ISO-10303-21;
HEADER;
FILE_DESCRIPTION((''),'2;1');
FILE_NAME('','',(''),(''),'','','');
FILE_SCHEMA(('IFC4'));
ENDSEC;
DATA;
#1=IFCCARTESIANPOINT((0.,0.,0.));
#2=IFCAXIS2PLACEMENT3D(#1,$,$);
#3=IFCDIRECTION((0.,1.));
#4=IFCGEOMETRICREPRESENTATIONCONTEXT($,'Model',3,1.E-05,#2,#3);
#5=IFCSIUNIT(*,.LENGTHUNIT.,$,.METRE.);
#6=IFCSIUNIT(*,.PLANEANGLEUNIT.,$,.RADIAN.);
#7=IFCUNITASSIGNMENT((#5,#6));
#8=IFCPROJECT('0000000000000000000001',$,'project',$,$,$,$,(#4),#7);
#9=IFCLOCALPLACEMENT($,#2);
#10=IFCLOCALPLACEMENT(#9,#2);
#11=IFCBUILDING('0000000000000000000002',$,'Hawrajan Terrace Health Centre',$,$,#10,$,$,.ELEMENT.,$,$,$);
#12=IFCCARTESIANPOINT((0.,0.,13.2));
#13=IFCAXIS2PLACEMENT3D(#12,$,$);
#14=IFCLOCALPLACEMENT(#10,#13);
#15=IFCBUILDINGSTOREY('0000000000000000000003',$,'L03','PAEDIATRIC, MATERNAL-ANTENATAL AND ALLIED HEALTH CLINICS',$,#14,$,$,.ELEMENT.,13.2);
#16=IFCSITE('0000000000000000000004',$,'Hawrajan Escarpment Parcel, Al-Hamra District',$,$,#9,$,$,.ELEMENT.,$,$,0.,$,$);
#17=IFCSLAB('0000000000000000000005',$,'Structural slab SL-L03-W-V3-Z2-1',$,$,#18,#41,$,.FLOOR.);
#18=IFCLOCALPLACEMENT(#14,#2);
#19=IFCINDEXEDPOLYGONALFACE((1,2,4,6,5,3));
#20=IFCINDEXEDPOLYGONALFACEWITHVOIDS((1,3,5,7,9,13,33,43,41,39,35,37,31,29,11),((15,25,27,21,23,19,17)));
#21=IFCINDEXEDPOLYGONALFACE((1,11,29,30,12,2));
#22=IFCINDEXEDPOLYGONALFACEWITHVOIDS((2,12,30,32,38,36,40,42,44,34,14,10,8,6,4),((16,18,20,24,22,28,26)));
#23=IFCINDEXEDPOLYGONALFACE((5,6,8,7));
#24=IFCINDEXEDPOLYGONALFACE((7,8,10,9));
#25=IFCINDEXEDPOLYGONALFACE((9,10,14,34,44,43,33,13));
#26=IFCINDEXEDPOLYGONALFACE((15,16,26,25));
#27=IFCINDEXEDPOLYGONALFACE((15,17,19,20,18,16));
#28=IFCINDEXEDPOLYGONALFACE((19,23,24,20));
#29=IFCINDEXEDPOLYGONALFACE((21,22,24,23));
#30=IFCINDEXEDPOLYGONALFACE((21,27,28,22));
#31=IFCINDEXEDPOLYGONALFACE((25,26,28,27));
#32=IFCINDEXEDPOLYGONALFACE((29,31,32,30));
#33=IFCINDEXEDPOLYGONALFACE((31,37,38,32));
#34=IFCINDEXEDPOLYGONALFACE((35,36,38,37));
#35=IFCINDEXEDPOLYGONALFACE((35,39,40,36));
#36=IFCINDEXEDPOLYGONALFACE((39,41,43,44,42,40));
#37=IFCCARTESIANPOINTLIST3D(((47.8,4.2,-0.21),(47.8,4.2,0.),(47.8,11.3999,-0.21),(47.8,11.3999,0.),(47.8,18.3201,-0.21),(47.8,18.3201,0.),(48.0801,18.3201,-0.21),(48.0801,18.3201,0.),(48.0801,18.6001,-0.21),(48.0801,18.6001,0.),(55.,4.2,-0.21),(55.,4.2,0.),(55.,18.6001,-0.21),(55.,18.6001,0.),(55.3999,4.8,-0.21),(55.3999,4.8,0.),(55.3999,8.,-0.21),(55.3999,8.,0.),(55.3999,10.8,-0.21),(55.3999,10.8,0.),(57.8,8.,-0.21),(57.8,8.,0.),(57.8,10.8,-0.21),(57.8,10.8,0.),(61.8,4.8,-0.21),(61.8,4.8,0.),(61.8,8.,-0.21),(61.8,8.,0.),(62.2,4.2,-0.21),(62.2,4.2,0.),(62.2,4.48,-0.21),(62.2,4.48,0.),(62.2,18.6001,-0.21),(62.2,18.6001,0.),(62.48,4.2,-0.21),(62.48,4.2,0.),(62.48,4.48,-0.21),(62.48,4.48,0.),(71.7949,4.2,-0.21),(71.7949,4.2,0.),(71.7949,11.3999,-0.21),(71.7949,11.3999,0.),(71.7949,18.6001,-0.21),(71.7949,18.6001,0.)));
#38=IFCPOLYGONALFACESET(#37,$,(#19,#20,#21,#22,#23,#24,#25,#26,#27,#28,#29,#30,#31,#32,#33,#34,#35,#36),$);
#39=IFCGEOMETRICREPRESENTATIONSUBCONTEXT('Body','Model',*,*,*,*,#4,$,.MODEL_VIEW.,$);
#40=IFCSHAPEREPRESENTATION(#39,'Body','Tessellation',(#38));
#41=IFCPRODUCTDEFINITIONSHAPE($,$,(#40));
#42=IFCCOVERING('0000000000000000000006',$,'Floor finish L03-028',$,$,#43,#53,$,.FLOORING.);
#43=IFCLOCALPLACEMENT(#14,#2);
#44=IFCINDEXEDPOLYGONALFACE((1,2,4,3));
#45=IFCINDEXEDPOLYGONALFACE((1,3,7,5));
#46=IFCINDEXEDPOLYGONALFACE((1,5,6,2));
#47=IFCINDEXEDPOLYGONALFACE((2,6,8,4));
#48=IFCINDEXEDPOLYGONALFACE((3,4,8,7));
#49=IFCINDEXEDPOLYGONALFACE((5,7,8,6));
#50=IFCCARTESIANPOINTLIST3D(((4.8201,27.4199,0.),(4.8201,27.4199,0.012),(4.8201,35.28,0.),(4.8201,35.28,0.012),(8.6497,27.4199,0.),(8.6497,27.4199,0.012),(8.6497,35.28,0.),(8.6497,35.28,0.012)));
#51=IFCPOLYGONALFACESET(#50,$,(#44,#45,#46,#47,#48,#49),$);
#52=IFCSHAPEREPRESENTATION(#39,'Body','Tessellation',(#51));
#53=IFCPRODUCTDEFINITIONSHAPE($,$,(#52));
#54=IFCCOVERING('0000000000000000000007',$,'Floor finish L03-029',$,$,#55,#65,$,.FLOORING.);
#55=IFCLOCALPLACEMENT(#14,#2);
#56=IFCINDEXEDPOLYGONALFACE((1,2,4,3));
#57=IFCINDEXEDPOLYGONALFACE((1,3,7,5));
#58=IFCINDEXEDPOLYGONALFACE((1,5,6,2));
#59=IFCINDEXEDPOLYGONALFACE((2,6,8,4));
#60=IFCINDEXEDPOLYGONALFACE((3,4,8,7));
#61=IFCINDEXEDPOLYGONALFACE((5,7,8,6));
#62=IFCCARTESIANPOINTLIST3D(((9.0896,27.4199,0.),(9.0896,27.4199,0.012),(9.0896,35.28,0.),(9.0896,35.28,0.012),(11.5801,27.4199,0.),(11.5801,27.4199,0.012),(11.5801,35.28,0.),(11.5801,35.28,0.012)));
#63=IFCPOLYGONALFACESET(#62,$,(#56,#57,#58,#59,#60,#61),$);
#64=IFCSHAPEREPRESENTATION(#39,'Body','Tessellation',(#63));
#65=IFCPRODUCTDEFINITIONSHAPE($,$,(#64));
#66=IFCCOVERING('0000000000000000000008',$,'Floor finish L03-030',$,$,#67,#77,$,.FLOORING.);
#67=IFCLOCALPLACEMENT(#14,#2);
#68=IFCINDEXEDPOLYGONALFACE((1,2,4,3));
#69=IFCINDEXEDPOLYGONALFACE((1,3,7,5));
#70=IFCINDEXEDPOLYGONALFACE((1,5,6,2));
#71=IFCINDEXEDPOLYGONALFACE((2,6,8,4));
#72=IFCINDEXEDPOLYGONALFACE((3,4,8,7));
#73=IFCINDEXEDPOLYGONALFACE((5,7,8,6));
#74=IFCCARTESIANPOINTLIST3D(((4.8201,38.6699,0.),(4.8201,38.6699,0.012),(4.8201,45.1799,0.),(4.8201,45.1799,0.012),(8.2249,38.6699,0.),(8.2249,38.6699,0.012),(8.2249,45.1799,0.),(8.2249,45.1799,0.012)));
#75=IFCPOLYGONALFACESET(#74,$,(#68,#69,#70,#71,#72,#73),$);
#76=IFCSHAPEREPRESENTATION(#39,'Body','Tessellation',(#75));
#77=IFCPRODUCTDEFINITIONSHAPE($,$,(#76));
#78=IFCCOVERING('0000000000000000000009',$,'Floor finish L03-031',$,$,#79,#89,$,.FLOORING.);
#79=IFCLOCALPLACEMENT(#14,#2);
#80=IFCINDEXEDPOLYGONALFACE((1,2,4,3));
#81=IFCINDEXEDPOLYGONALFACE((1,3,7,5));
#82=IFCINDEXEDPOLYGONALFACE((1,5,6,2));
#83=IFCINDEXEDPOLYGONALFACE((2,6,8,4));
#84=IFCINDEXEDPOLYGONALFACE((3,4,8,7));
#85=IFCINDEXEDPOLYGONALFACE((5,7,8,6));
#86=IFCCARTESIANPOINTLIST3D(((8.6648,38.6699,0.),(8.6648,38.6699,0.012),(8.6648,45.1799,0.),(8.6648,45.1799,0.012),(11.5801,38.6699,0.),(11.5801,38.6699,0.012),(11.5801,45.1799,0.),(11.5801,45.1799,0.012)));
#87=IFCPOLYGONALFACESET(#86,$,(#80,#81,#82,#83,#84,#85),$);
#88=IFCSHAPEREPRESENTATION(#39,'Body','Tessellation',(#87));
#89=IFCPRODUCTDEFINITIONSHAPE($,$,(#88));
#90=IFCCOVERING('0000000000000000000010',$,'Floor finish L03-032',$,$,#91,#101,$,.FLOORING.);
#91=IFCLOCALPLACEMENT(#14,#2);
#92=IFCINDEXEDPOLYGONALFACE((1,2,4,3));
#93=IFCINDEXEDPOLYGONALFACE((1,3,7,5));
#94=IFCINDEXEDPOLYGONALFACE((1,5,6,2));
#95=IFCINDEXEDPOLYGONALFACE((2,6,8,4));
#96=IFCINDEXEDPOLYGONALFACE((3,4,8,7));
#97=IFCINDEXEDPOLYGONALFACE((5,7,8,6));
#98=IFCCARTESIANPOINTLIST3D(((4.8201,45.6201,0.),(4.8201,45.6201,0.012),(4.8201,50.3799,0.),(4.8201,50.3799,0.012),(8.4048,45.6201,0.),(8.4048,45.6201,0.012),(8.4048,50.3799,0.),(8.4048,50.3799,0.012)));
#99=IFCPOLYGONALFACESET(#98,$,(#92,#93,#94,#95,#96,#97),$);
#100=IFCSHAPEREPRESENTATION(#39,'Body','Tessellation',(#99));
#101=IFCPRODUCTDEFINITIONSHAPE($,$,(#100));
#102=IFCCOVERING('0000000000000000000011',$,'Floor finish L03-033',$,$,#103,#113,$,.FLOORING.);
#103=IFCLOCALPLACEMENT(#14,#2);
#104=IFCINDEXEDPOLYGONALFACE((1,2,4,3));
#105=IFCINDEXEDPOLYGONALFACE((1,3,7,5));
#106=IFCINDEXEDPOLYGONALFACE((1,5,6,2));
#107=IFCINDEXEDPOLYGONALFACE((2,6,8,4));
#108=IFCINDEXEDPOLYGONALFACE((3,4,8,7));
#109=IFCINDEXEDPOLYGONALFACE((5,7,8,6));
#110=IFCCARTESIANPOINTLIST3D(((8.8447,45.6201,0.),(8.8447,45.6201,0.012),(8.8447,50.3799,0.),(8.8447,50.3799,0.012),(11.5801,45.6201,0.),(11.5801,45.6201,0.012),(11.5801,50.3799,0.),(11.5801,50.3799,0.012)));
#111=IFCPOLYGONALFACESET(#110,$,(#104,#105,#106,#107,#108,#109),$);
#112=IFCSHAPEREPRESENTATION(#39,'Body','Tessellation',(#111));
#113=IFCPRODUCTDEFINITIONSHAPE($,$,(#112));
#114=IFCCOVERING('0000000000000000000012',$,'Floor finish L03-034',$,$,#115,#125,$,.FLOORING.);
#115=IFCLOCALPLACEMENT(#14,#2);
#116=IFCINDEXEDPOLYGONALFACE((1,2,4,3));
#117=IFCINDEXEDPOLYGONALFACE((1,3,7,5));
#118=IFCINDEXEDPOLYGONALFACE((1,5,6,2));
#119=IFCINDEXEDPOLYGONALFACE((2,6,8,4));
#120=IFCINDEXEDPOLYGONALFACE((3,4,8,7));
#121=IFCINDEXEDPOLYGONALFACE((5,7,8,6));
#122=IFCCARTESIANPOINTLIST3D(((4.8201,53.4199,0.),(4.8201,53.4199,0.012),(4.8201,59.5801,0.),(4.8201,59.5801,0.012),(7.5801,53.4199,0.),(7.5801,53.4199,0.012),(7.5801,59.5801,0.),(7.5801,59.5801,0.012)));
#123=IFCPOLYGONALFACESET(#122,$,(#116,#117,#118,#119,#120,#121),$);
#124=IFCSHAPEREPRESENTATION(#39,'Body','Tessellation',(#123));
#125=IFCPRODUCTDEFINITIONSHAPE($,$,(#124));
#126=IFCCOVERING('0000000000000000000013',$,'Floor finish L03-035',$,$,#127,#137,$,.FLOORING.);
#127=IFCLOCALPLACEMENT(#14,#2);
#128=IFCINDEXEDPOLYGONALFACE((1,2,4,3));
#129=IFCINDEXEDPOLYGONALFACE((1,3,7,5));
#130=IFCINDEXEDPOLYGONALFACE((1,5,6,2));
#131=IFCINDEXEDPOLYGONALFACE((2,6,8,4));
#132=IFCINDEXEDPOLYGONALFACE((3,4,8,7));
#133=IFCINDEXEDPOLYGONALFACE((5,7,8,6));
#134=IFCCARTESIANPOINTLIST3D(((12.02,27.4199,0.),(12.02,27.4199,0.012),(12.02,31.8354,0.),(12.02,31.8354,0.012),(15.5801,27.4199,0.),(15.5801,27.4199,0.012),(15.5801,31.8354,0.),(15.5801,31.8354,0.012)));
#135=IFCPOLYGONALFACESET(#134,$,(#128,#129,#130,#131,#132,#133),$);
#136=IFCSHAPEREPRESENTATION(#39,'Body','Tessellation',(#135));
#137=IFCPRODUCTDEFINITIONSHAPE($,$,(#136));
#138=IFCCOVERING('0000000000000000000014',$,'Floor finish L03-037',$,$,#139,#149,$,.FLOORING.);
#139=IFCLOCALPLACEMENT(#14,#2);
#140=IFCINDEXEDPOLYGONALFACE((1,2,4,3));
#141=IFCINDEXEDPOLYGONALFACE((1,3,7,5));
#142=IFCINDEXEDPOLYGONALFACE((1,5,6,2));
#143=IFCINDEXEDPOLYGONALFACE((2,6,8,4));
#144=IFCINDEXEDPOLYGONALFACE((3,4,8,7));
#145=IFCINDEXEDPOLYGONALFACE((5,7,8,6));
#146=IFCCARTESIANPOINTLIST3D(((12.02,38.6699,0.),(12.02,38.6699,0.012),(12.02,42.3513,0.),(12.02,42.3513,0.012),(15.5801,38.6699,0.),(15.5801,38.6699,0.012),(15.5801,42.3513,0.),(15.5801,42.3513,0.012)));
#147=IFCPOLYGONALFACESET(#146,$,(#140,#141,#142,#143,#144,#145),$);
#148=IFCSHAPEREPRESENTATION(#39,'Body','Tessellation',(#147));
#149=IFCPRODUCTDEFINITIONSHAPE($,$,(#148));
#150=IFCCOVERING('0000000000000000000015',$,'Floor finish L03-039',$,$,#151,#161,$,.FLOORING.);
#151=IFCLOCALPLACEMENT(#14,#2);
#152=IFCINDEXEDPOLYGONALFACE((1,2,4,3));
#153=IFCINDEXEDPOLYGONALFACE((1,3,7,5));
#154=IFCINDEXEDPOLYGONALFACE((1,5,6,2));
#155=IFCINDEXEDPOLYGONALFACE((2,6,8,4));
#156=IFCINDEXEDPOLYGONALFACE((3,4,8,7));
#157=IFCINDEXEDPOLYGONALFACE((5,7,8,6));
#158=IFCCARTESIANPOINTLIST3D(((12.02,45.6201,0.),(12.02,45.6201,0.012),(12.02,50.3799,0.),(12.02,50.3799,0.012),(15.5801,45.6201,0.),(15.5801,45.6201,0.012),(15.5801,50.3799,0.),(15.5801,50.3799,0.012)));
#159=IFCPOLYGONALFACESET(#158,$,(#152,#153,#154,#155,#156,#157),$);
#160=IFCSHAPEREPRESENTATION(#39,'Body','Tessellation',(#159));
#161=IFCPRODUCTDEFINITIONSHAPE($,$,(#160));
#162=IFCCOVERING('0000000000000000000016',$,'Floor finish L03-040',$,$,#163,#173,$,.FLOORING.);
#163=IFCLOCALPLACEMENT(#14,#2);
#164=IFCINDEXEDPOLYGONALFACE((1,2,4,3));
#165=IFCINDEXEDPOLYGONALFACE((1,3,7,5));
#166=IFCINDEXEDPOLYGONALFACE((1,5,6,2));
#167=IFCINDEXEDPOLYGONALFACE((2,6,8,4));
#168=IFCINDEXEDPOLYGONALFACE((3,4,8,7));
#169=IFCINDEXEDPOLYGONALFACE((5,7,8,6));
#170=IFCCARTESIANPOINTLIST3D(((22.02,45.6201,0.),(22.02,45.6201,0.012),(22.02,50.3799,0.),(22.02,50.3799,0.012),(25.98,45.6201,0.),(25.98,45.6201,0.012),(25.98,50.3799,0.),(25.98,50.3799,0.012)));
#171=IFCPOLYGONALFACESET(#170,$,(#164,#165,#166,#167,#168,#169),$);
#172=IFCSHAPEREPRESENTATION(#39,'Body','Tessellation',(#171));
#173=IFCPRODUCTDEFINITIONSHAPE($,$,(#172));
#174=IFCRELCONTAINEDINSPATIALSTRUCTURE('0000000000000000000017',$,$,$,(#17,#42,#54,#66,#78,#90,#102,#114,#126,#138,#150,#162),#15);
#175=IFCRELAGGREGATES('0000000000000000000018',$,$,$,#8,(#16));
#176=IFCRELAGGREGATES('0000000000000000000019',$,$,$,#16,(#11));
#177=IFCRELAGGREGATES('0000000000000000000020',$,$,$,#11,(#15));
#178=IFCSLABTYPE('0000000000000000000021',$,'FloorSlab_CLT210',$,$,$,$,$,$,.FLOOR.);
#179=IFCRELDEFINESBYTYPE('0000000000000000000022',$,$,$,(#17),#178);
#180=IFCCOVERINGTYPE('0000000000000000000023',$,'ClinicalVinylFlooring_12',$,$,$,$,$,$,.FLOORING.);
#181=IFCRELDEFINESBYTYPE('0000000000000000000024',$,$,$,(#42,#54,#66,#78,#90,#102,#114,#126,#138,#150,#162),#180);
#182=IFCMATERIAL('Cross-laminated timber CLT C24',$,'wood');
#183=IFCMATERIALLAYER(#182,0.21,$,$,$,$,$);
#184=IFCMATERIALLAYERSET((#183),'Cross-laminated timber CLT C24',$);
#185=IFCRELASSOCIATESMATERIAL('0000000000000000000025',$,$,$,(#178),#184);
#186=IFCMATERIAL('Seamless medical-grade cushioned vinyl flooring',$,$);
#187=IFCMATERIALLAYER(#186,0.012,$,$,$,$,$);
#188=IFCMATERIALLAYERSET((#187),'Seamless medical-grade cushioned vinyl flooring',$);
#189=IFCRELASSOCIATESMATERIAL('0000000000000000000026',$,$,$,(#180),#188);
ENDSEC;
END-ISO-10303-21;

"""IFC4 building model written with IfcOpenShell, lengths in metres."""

from ifc_helpers import new_model, si_unit, direction, frame, origin, place, context, subcontext, project, spatial, polyline, outline, extrude, material, layer, layer_set, type_object, element, save


model = new_model("IFC4")

# Units and contexts
model_context = context("Model", 3, precision=1e-05, world=origin(), true_north=direction((0.0, 1.0)))
body_context = subcontext(model_context, "Body", "Model", "MODEL_VIEW")
ifc_project = project(units=[si_unit("LENGTHUNIT", "METRE"), si_unit("PLANEANGLEUNIT", "RADIAN")], contexts=[model_context])

# Site, building, storey
site_placement = place(None, origin())
site = spatial("IfcSite", under=ifc_project, at=site_placement, Name="Hawrajan Escarpment Parcel, Al-Hamra District", CompositionType="ELEMENT", RefElevation=0.0)
building_placement = place(site_placement, origin())
building = spatial("IfcBuilding", under=site, at=building_placement, Name="Hawrajan Terrace Health Centre", CompositionType="ELEMENT")
storey_placement = place(building_placement, frame((0.0, 0.0, 13.2)))
storey = spatial("IfcBuildingStorey", under=building, at=storey_placement, Name="L03", Description="PAEDIATRIC, MATERNAL-ANTENATAL AND ALLIED HEALTH CLINICS", CompositionType="ELEMENT", Elevation=13.2)

# Slab
ifc_material_1 = material(Name="Cross-laminated timber CLT C24", Category="wood")
ifc_layer_1 = layer(ifc_material_1, 0.21)
ifc_layer_set_1 = layer_set([ifc_layer_1], Name="Cross-laminated timber CLT C24")
slab_type = type_object("IfcSlabType", Name="FloorSlab_CLT210", PredefinedType="FLOOR", material=ifc_layer_set_1)
slab_placement = place(storey_placement, frame((0.0, 0.0, -0.21)))
element("IfcSlab", 1, at=slab_placement, inside=storey, type_object=slab_type, Name="Structural slab SL-L03-W-V3-Z2-1", PredefinedType="FLOOR", context=body_context, shape_type="SweptSolid", body=[
    extrude(outline(polyline([(48.0801, 18.3201), (48.0801, 18.6001), (55.0, 18.6001), (62.2, 18.6001), (71.7949, 18.6001), (71.7949, 11.3999), (71.7949, 4.2), (62.48, 4.2), (62.48, 4.48), (62.2, 4.48), (62.2, 4.2), (55.0, 4.2), (47.8, 4.2), (47.8, 11.3999), (47.8, 18.3201), (48.0801, 18.3201)]), holes=[polyline([(55.3999, 4.8), (61.8, 4.8), (61.8, 8.0), (57.8, 8.0), (57.8, 10.8), (55.3999, 10.8), (55.3999, 8.0), (55.3999, 4.8)])]), origin(), (0.0, 0.0, 1.0), 0.21),
])

# Coverings
ifc_material_2 = material(Name="Seamless medical-grade cushioned vinyl flooring")
ifc_layer_2 = layer(ifc_material_2, 0.012)
ifc_layer_set_2 = layer_set([ifc_layer_2], Name="Seamless medical-grade cushioned vinyl flooring")
covering_type_1 = type_object("IfcCoveringType", Name="ClinicalVinylFlooring_12", PredefinedType="FLOORING", material=ifc_layer_set_2)
covering_1_placement = place(storey_placement, origin())
element("IfcCovering", 2, at=covering_1_placement, inside=storey, type_object=covering_type_1, Name="Floor finish L03-028", PredefinedType="FLOORING", context=body_context, shape_type="SweptSolid", body=[
    extrude(outline(polyline([(4.8201, 35.28), (8.6497, 35.28), (8.6497, 27.4199), (4.8201, 27.4199), (4.8201, 35.28)])), origin(), (0.0, 0.0, 1.0), 0.012),
])
covering_2_placement = place(storey_placement, origin())
element("IfcCovering", 3, at=covering_2_placement, inside=storey, type_object=covering_type_1, Name="Floor finish L03-029", PredefinedType="FLOORING", context=body_context, shape_type="SweptSolid", body=[
    extrude(outline(polyline([(9.0896, 35.28), (11.5801, 35.28), (11.5801, 27.4199), (9.0896, 27.4199), (9.0896, 35.28)])), origin(), (0.0, 0.0, 1.0), 0.012),
])
covering_3_placement = place(storey_placement, origin())
element("IfcCovering", 4, at=covering_3_placement, inside=storey, type_object=covering_type_1, Name="Floor finish L03-030", PredefinedType="FLOORING", context=body_context, shape_type="SweptSolid", body=[
    extrude(outline(polyline([(4.8201, 45.1799), (8.2249, 45.1799), (8.2249, 38.6699), (4.8201, 38.6699), (4.8201, 45.1799)])), origin(), (0.0, 0.0, 1.0), 0.012),
])
covering_4_placement = place(storey_placement, origin())
element("IfcCovering", 5, at=covering_4_placement, inside=storey, type_object=covering_type_1, Name="Floor finish L03-031", PredefinedType="FLOORING", context=body_context, shape_type="SweptSolid", body=[
    extrude(outline(polyline([(8.6648, 45.1799), (11.5801, 45.1799), (11.5801, 38.6699), (8.6648, 38.6699), (8.6648, 45.1799)])), origin(), (0.0, 0.0, 1.0), 0.012),
])
covering_5_placement = place(storey_placement, origin())
element("IfcCovering", 6, at=covering_5_placement, inside=storey, type_object=covering_type_1, Name="Floor finish L03-032", PredefinedType="FLOORING", context=body_context, shape_type="SweptSolid", body=[
    extrude(outline(polyline([(4.8201, 50.3799), (8.4048, 50.3799), (8.4048, 45.6201), (4.8201, 45.6201), (4.8201, 50.3799)])), origin(), (0.0, 0.0, 1.0), 0.012),
])
covering_6_placement = place(storey_placement, origin())
element("IfcCovering", 7, at=covering_6_placement, inside=storey, type_object=covering_type_1, Name="Floor finish L03-033", PredefinedType="FLOORING", context=body_context, shape_type="SweptSolid", body=[
    extrude(outline(polyline([(8.8447, 50.3799), (11.5801, 50.3799), (11.5801, 45.6201), (8.8447, 45.6201), (8.8447, 50.3799)])), origin(), (0.0, 0.0, 1.0), 0.012),
])
covering_7_placement = place(storey_placement, origin())
element("IfcCovering", 8, at=covering_7_placement, inside=storey, type_object=covering_type_1, Name="Floor finish L03-034", PredefinedType="FLOORING", context=body_context, shape_type="SweptSolid", body=[
    extrude(outline(polyline([(4.8201, 59.5801), (7.5801, 59.5801), (7.5801, 53.4199), (4.8201, 53.4199), (4.8201, 59.5801)])), origin(), (0.0, 0.0, 1.0), 0.012),
])
covering_8_placement = place(storey_placement, origin())
element("IfcCovering", 9, at=covering_8_placement, inside=storey, type_object=covering_type_1, Name="Floor finish L03-035", PredefinedType="FLOORING", context=body_context, shape_type="SweptSolid", body=[
    extrude(outline(polyline([(12.02, 31.8354), (15.5801, 31.8354), (15.5801, 27.4199), (12.02, 27.4199), (12.02, 31.8354)])), origin(), (0.0, 0.0, 1.0), 0.012),
])
covering_9_placement = place(storey_placement, origin())
element("IfcCovering", 10, at=covering_9_placement, inside=storey, type_object=covering_type_1, Name="Floor finish L03-037", PredefinedType="FLOORING", context=body_context, shape_type="SweptSolid", body=[
    extrude(outline(polyline([(12.02, 42.3513), (15.5801, 42.3513), (15.5801, 38.6699), (12.02, 38.6699), (12.02, 42.3513)])), origin(), (0.0, 0.0, 1.0), 0.012),
])
covering_10_placement = place(storey_placement, origin())
element("IfcCovering", 11, at=covering_10_placement, inside=storey, type_object=covering_type_1, Name="Floor finish L03-039", PredefinedType="FLOORING", context=body_context, shape_type="SweptSolid", body=[
    extrude(outline(polyline([(12.02, 50.3799), (15.5801, 50.3799), (15.5801, 45.6201), (12.02, 45.6201), (12.02, 50.3799)])), origin(), (0.0, 0.0, 1.0), 0.012),
])
covering_11_placement = place(storey_placement, origin())
element("IfcCovering", 12, at=covering_11_placement, inside=storey, type_object=covering_type_1, Name="Floor finish L03-040", PredefinedType="FLOORING", context=body_context, shape_type="SweptSolid", body=[
    extrude(outline(polyline([(22.02, 50.3799), (25.98, 50.3799), (25.98, 45.6201), (22.02, 45.6201), (22.02, 50.3799)])), origin(), (0.0, 0.0, 1.0), 0.012),
])

save(model, "model.ifc")
